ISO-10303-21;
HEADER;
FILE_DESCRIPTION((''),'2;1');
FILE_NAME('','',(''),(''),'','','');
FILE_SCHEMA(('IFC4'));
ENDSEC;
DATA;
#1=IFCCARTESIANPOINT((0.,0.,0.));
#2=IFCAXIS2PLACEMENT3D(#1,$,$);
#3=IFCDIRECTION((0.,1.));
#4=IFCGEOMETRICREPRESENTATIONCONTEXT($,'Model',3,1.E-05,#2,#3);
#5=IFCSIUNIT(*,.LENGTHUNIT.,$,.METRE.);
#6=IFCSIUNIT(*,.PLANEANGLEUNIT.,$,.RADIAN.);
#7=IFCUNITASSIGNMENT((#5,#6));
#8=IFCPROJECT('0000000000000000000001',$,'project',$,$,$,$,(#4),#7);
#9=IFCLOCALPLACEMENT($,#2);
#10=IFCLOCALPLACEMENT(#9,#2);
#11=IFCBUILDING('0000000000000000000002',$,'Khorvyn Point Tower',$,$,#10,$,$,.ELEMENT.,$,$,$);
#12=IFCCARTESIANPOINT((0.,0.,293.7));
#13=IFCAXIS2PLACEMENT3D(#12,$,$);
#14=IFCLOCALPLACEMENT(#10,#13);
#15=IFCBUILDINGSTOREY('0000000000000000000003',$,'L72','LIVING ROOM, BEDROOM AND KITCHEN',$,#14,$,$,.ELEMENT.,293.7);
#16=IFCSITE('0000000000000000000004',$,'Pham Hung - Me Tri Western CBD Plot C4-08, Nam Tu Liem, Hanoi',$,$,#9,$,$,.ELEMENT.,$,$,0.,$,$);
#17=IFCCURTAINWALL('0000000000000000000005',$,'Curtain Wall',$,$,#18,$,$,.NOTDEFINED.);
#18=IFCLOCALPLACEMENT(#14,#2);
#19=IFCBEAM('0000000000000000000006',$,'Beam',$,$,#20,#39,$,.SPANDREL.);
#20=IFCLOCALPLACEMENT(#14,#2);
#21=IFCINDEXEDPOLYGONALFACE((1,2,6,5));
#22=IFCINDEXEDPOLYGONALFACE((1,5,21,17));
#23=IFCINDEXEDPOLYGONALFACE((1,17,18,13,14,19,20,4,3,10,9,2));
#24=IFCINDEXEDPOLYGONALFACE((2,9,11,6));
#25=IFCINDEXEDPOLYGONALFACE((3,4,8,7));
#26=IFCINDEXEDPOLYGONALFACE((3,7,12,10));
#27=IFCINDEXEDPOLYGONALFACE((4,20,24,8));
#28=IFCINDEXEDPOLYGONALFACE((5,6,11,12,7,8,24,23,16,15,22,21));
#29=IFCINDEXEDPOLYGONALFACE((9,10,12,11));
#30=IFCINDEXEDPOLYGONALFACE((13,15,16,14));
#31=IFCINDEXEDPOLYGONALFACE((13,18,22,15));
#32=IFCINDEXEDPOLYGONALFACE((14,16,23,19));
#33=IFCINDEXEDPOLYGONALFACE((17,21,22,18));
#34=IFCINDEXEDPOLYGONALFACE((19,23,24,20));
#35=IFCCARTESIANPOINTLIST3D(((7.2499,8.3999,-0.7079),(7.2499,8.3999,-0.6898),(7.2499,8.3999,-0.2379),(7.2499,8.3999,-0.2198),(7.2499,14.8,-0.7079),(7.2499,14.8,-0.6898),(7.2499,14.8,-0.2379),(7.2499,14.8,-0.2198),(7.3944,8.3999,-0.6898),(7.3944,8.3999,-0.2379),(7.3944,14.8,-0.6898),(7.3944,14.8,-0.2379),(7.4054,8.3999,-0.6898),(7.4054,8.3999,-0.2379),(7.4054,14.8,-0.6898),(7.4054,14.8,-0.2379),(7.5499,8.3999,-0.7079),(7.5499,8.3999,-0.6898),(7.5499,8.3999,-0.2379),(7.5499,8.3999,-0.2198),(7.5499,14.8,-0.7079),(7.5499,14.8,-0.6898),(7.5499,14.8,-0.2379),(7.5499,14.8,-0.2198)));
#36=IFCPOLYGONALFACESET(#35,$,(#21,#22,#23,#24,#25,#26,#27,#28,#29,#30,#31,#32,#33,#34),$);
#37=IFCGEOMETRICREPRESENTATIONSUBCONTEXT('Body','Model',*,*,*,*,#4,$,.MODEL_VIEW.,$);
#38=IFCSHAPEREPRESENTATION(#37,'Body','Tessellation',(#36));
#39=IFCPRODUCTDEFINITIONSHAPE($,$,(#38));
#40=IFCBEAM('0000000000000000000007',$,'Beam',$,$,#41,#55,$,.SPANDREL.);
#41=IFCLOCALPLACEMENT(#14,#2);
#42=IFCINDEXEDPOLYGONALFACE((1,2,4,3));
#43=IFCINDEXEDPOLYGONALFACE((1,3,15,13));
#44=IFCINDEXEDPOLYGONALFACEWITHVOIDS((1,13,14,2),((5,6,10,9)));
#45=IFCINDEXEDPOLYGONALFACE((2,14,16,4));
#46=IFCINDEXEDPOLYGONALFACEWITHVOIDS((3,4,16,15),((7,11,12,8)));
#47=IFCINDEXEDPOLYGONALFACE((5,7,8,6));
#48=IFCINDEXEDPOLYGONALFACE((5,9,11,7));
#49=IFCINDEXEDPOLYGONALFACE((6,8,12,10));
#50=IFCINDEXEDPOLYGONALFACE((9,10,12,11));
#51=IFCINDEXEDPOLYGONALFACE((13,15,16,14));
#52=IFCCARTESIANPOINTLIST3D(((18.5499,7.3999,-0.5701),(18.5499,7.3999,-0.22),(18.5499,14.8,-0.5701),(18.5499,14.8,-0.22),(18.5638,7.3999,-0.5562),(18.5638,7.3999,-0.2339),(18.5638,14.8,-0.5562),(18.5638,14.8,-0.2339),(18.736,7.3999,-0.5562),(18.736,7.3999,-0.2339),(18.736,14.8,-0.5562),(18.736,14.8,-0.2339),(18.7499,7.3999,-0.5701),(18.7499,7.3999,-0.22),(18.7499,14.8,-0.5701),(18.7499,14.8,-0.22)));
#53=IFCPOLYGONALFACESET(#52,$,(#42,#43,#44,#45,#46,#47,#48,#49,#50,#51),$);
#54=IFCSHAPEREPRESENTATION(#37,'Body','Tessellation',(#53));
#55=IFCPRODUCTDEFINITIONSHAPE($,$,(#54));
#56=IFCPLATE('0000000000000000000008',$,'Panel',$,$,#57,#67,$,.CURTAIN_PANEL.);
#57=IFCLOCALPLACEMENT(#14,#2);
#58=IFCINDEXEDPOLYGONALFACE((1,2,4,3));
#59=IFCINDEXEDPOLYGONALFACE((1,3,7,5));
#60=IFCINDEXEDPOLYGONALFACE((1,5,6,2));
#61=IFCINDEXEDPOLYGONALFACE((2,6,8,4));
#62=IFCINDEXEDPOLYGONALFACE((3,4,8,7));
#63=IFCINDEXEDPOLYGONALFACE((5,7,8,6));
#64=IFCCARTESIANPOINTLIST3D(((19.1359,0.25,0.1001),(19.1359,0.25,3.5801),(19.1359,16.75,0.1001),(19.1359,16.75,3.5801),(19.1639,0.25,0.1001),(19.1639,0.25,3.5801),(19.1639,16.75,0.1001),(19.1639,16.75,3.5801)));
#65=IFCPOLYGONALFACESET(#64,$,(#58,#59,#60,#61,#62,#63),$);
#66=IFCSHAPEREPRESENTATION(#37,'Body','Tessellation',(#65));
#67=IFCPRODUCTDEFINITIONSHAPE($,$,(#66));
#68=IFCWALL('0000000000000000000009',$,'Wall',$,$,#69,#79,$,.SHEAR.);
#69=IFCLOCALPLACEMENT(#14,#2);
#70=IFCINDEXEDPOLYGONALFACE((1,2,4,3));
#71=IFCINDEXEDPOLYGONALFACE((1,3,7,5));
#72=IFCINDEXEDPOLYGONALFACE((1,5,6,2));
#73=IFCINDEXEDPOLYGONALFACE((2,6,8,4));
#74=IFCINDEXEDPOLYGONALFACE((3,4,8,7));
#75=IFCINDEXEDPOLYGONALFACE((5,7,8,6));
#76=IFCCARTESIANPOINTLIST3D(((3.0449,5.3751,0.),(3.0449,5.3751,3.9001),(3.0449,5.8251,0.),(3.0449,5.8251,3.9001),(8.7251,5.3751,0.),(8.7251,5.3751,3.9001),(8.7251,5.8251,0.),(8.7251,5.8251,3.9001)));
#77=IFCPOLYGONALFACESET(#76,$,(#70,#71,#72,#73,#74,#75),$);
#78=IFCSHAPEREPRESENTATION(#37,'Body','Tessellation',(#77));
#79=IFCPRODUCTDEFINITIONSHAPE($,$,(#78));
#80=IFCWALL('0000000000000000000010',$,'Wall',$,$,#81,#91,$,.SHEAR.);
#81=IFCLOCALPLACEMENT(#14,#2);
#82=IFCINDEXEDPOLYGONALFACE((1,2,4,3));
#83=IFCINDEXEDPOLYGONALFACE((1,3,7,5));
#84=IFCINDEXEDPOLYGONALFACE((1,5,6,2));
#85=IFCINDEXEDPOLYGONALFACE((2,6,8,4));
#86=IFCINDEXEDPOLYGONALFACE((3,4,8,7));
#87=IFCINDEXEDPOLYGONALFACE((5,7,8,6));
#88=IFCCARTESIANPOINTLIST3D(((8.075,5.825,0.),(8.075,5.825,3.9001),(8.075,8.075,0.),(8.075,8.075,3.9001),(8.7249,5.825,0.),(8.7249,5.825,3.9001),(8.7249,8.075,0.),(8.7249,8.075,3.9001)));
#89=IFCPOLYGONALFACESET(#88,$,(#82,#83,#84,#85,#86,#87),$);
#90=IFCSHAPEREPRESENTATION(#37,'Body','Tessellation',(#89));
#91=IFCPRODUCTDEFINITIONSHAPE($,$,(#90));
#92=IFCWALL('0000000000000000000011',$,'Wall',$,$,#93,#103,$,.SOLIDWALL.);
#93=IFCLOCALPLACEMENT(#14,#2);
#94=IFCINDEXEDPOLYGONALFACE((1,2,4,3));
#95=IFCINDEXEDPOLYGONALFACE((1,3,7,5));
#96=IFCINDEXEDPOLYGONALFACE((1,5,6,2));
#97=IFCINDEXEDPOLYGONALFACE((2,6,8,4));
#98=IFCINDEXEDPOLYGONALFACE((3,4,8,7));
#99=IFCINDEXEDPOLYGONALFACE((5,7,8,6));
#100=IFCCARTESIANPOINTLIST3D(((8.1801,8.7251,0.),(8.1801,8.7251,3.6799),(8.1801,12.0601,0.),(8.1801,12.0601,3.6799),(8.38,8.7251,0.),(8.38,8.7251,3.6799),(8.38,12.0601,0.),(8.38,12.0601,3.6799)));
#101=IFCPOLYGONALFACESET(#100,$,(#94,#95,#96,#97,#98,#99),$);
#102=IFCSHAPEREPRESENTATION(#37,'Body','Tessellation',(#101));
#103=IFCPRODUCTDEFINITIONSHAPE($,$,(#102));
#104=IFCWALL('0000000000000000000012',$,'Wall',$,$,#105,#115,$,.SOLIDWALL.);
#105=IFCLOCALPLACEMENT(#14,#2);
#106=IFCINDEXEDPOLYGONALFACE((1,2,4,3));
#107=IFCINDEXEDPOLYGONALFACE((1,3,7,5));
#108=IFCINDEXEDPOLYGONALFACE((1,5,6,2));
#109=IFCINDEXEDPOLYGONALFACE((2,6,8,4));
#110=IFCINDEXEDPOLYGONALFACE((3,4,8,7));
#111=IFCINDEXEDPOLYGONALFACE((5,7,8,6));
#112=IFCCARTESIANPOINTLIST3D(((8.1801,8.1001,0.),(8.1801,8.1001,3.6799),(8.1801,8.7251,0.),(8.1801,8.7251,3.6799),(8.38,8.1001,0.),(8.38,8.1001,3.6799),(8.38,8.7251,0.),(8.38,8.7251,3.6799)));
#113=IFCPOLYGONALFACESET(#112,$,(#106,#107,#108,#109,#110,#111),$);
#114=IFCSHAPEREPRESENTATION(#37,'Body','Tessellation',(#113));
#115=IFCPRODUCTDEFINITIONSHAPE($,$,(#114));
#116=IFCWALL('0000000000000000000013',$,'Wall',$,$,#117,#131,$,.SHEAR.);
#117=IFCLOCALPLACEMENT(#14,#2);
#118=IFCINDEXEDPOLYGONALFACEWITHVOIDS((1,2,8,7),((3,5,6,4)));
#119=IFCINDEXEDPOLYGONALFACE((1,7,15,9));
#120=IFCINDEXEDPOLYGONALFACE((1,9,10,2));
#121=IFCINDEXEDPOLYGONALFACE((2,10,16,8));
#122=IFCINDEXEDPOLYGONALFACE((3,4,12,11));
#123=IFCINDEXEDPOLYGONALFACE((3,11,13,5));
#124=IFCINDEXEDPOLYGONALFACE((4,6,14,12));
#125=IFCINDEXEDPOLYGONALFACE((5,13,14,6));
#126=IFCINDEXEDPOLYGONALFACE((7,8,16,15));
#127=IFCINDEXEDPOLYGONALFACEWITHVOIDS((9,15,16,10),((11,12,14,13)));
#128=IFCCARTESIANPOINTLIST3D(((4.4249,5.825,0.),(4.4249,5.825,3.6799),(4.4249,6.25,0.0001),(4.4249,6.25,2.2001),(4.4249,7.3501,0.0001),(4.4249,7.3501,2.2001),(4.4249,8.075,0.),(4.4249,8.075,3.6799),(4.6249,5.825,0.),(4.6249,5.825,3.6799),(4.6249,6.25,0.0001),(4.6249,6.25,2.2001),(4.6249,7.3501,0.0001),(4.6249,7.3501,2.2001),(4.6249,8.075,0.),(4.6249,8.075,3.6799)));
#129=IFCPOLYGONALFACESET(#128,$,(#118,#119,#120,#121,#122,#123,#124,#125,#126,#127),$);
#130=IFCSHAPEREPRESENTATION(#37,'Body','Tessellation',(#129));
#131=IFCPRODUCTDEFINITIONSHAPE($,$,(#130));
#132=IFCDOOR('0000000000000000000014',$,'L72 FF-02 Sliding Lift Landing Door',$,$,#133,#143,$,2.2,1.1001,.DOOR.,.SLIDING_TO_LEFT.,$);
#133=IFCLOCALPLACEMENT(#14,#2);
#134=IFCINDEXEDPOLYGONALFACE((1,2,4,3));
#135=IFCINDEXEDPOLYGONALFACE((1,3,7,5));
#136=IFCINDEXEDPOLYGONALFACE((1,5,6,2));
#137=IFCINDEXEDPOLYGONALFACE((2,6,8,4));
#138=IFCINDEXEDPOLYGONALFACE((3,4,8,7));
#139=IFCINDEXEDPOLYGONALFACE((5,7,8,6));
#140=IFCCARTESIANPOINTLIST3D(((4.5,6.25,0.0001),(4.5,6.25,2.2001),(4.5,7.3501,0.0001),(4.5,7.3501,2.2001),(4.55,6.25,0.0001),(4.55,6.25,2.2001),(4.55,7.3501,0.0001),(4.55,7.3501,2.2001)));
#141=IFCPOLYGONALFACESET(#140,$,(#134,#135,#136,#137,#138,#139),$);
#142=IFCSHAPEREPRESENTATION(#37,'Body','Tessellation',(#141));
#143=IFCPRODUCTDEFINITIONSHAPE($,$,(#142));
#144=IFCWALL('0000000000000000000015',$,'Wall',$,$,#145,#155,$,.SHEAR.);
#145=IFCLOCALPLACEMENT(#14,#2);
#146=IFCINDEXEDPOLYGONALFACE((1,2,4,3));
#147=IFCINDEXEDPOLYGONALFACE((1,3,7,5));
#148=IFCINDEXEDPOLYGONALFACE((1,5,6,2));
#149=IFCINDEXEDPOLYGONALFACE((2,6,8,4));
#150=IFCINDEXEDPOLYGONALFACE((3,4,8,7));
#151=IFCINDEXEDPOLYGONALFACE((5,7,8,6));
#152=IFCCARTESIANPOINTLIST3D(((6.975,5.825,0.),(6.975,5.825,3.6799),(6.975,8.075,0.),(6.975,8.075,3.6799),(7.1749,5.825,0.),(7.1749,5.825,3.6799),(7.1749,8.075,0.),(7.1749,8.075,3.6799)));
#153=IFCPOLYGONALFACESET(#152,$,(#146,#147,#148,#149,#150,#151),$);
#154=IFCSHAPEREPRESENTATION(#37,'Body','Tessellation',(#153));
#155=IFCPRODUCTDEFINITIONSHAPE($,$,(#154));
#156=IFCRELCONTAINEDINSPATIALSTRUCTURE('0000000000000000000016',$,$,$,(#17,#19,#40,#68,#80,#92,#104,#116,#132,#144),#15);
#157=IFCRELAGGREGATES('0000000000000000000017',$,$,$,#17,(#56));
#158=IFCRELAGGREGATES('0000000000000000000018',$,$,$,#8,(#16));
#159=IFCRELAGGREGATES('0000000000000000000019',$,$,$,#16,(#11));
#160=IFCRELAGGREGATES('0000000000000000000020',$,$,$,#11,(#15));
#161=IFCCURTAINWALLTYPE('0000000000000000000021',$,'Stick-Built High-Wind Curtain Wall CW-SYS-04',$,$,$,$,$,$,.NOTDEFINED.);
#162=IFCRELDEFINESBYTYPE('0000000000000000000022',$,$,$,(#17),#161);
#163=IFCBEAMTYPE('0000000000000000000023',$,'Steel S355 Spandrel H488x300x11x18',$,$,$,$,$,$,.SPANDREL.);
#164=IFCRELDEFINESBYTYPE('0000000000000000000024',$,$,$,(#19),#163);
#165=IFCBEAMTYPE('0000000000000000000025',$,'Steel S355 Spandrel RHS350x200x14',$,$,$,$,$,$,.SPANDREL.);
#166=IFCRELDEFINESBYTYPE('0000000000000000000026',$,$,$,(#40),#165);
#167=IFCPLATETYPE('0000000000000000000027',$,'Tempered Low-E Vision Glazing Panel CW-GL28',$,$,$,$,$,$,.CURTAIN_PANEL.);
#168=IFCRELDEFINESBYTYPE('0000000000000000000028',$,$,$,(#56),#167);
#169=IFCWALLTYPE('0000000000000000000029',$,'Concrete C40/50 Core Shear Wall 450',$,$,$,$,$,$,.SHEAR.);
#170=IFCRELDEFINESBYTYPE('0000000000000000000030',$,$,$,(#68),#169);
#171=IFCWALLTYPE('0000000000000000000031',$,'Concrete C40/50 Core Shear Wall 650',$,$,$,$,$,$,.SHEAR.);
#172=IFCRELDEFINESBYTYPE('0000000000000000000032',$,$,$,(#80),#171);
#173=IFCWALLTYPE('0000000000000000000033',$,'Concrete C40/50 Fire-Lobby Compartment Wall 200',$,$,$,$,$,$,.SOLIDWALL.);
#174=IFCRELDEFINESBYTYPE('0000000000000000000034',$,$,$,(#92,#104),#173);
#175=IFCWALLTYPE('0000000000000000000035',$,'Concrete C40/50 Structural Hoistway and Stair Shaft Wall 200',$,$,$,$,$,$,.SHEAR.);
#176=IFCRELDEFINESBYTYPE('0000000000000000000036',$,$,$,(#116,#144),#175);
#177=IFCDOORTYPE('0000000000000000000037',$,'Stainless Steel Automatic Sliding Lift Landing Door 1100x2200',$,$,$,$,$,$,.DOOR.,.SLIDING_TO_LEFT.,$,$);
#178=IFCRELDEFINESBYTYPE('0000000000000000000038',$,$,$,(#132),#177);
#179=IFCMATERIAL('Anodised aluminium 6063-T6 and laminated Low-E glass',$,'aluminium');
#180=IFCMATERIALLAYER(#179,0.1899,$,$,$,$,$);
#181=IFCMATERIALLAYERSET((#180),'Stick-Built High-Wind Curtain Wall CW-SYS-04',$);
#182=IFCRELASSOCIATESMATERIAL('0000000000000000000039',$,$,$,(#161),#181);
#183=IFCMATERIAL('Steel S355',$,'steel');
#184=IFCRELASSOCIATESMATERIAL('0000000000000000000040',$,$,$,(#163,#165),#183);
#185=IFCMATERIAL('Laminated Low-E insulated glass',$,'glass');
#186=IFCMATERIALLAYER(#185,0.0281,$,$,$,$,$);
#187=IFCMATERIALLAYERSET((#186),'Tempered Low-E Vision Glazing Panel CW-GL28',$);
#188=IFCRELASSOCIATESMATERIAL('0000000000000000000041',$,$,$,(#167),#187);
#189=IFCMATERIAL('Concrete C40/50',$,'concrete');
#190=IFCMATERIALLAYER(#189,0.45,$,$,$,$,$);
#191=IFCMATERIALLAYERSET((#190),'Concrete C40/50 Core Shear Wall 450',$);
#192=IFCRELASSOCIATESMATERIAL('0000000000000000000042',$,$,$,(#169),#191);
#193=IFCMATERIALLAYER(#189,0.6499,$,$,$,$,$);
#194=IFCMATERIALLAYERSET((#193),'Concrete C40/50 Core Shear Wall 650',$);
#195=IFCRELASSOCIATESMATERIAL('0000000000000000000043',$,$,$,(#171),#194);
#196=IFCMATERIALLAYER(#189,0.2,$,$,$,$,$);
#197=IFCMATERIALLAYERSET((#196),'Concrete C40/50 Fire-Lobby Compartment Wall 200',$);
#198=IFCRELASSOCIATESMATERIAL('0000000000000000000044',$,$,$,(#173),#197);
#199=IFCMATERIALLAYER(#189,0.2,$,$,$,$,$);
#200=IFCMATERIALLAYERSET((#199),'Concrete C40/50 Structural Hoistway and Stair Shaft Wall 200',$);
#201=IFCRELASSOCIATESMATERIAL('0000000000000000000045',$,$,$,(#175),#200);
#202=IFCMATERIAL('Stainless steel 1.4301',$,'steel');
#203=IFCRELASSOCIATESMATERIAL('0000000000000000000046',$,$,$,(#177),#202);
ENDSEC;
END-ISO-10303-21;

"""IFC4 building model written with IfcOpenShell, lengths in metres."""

from ifc_helpers import new_model, si_unit, direction, frame, frame_2d, origin, origin_2d, place, context, subcontext, project, spatial, rectangle, hollow_rectangle, i_section, extrude, material, layer, layer_set, material_profile, profile_set, type_object, element, fill, aggregate, save


model = new_model("IFC4")

# Units and contexts
model_context = context("Model", 3, precision=1e-05, world=origin(), true_north=direction((0.0, 1.0)))
body_context = subcontext(model_context, "Body", "Model", "MODEL_VIEW")
ifc_project = project(units=[si_unit("LENGTHUNIT", "METRE"), si_unit("PLANEANGLEUNIT", "RADIAN")], contexts=[model_context])

# Site, building, storey
site_placement = place(None, origin())
site = spatial("IfcSite", under=ifc_project, at=site_placement, Name="Pham Hung - Me Tri Western CBD Plot C4-08, Nam Tu Liem, Hanoi", CompositionType="ELEMENT", RefElevation=0.0)
building_placement = place(site_placement, origin())
building = spatial("IfcBuilding", under=site, at=building_placement, Name="Khorvyn Point Tower", CompositionType="ELEMENT")
storey_placement = place(building_placement, frame((0.0, 0.0, 293.7)))
storey = spatial("IfcBuildingStorey", under=building, at=storey_placement, Name="L72", Description="LIVING ROOM, BEDROOM AND KITCHEN", CompositionType="ELEMENT", Elevation=293.7)

# Shared definitions
ifc_material_1 = material(Name="Concrete C40/50", Category="concrete")
ifc_material_2 = material(Name="Steel S355", Category="steel")

# Curtain wall
ifc_material_3 = material(Name="Anodised aluminium 6063-T6 and laminated Low-E glass", Category="aluminium")
ifc_layer_1 = layer(ifc_material_3, 0.1899)
ifc_layer_set_1 = layer_set([ifc_layer_1], Name="Stick-Built High-Wind Curtain Wall CW-SYS-04")
curtain_wall_type = type_object("IfcCurtainWallType", Name="Stick-Built High-Wind Curtain Wall CW-SYS-04", PredefinedType="NOTDEFINED", material=ifc_layer_set_1)
curtain_wall_placement = place(storey_placement, origin())
curtain_wall = element("IfcCurtainWall", 1, at=curtain_wall_placement, inside=storey, type_object=curtain_wall_type, Name="Curtain Wall", PredefinedType="NOTDEFINED")

# Beams
ifc_material_profile_1 = material_profile(ifc_material_2, i_section(OverallWidth=0.3, OverallDepth=0.488, WebThickness=0.011, FlangeThickness=0.0181, at=origin_2d()))
ifc_profile_set_1 = profile_set([ifc_material_profile_1], Name="Steel S355 H488x300x11x18")
beam_type_1 = type_object("IfcBeamType", Name="Steel S355 Spandrel H488x300x11x18", PredefinedType="SPANDREL", material=ifc_profile_set_1)
beam_1_placement = place(storey_placement, frame((7.3999, 8.3999, -0.4639), z_axis=(0.0, 1.0, 0.0), x_axis=(-1.0, 0.0, 0.0)))
element("IfcBeam", 2, at=beam_1_placement, inside=storey, type_object=beam_type_1, Name="Beam", PredefinedType="SPANDREL", context=body_context, shape_type="SweptSolid", body=[
    extrude(i_section(OverallWidth=0.3, OverallDepth=0.488, WebThickness=0.011, FlangeThickness=0.0181, at=origin_2d()), origin(), (0.0, 0.0, 1.0), 6.4001),
])
ifc_material_profile_2 = material_profile(ifc_material_2, hollow_rectangle(XDim=0.2, YDim=0.3501, WallThickness=0.0139, at=origin_2d()))
ifc_profile_set_2 = profile_set([ifc_material_profile_2], Name="Steel S355 RHS350x200x14")
beam_type_2 = type_object("IfcBeamType", Name="Steel S355 Spandrel RHS350x200x14", PredefinedType="SPANDREL", material=ifc_profile_set_2)
beam_2_placement = place(storey_placement, frame((18.6499, 7.3999, -0.395), z_axis=(0.0, 1.0, 0.0), x_axis=(-1.0, 0.0, 0.0)))
element("IfcBeam", 3, at=beam_2_placement, inside=storey, type_object=beam_type_2, Name="Beam", PredefinedType="SPANDREL", context=body_context, shape_type="SweptSolid", body=[
    extrude(hollow_rectangle(XDim=0.2, YDim=0.3501, WallThickness=0.0139, at=origin_2d()), origin(), (0.0, 0.0, 1.0), 7.4001),
])

# Plate
ifc_material_4 = material(Name="Laminated Low-E insulated glass", Category="glass")
ifc_layer_2 = layer(ifc_material_4, 0.0281)
ifc_layer_set_2 = layer_set([ifc_layer_2], Name="Tempered Low-E Vision Glazing Panel CW-GL28")
plate_type = type_object("IfcPlateType", Name="Tempered Low-E Vision Glazing Panel CW-GL28", PredefinedType="CURTAIN_PANEL", material=ifc_layer_set_2)
plate_placement = place(storey_placement, frame((19.1499, 8.5, 0.1001), z_axis=(0.0, 0.0, 1.0), x_axis=(0.0, -1.0, 0.0)))
plate = element("IfcPlate", 4, at=plate_placement, type_object=plate_type, Name="Panel", PredefinedType="CURTAIN_PANEL", context=body_context, shape_type="SweptSolid", body=[
    extrude(rectangle(XDim=16.5, YDim=0.0281, at=origin_2d()), origin(), (0.0, 0.0, 1.0), 3.48),
])
aggregate(curtain_wall, [plate])

# Walls
ifc_layer_3 = layer(ifc_material_1, 0.45)
ifc_layer_set_3 = layer_set([ifc_layer_3], Name="Concrete C40/50 Core Shear Wall 450")
wall_type_1 = type_object("IfcWallType", Name="Concrete C40/50 Core Shear Wall 450", PredefinedType="SHEAR", material=ifc_layer_set_3)
wall_1_placement = place(storey_placement, frame((3.0449, 5.6001, 0.0), z_axis=(0.0, 0.0, 1.0), x_axis=(1.0, 0.0, 0.0)))
element("IfcWall", 5, at=wall_1_placement, inside=storey, type_object=wall_type_1, Name="Wall", PredefinedType="SHEAR", context=body_context, shape_type="SweptSolid", body=[
    extrude(rectangle(XDim=5.6802, YDim=0.45, at=frame_2d((2.8401, 0.0))), origin(), (0.0, 0.0, 1.0), 3.9001),
])
ifc_layer_4 = layer(ifc_material_1, 0.6499)
ifc_layer_set_4 = layer_set([ifc_layer_4], Name="Concrete C40/50 Core Shear Wall 650")
wall_type_2 = type_object("IfcWallType", Name="Concrete C40/50 Core Shear Wall 650", PredefinedType="SHEAR", material=ifc_layer_set_4)
wall_2_placement = place(storey_placement, frame((8.3999, 5.825, 0.0), z_axis=(0.0, 0.0, 1.0), x_axis=(0.0, 1.0, 0.0)))
element("IfcWall", 6, at=wall_2_placement, inside=storey, type_object=wall_type_2, Name="Wall", PredefinedType="SHEAR", context=body_context, shape_type="SweptSolid", body=[
    extrude(rectangle(XDim=2.25, YDim=0.6499, at=frame_2d((1.125, 0.0))), origin(), (0.0, 0.0, 1.0), 3.9001),
])

# Shared definitions
ifc_layer_5 = layer(ifc_material_1, 0.2)
ifc_layer_set_5 = layer_set([ifc_layer_5], Name="Concrete C40/50 Fire-Lobby Compartment Wall 200")
wall_type_3 = type_object("IfcWallType", Name="Concrete C40/50 Fire-Lobby Compartment Wall 200", PredefinedType="SOLIDWALL", material=ifc_layer_set_5)

# Walls
wall_3_placement = place(storey_placement, frame((8.28, 8.7251, 0.0), z_axis=(0.0, 0.0, 1.0), x_axis=(0.0, 1.0, 0.0)))
element("IfcWall", 7, at=wall_3_placement, inside=storey, type_object=wall_type_3, Name="Wall", PredefinedType="SOLIDWALL", context=body_context, shape_type="SweptSolid", body=[
    extrude(rectangle(XDim=3.335, YDim=0.2, at=frame_2d((1.6675, 0.0))), origin(), (0.0, 0.0, 1.0), 3.6799),
])
wall_4_placement = place(storey_placement, frame((8.28, 8.1001, 0.0), z_axis=(0.0, 0.0, 1.0), x_axis=(0.0, 1.0, 0.0)))
element("IfcWall", 8, at=wall_4_placement, inside=storey, type_object=wall_type_3, Name="Wall", PredefinedType="SOLIDWALL", context=body_context, shape_type="SweptSolid", body=[
    extrude(rectangle(XDim=0.625, YDim=0.2, at=frame_2d((0.3125, 0.0))), origin(), (0.0, 0.0, 1.0), 3.6799),
])

# Wall, opening, door
ifc_layer_6 = layer(ifc_material_1, 0.2)
ifc_layer_set_6 = layer_set([ifc_layer_6], Name="Concrete C40/50 Structural Hoistway and Stair Shaft Wall 200")
wall_type_4 = type_object("IfcWallType", Name="Concrete C40/50 Structural Hoistway and Stair Shaft Wall 200", PredefinedType="SHEAR", material=ifc_layer_set_6)
wall_5_placement = place(storey_placement, frame((4.5249, 5.825, 0.0), z_axis=(0.0, 0.0, 1.0), x_axis=(0.0, 1.0, 0.0)))
wall_5 = element("IfcWall", 9, at=wall_5_placement, inside=storey, type_object=wall_type_4, Name="Wall", PredefinedType="SHEAR", context=body_context, shape_type="SweptSolid", body=[
    extrude(rectangle(XDim=2.25, YDim=0.2, at=frame_2d((1.125, 0.0))), origin(), (0.0, 0.0, 1.0), 3.6799),
])
opening_1_placement = place(wall_5_placement, frame((0.425, 0.0, 0.0)))
opening_1 = element("IfcOpeningElement", 10, at=opening_1_placement, cuts=wall_5, PredefinedType="OPENING", context=body_context, shape_type="SweptSolid", body=[
    extrude(rectangle(XDim=1.1001, YDim=2.2, at=frame_2d((0.55, 1.1001))), frame((0.0, 0.1099, 0.0), z_axis=(0.0, -1.0, 0.0), x_axis=(1.0, 0.0, 0.0)), (0.0, 0.0, 1.0), 0.22),
])
ifc_material_5 = material(Name="Stainless steel 1.4301", Category="steel")
door_type_1 = type_object("IfcDoorType", Name="Stainless Steel Automatic Sliding Lift Landing Door 1100x2200", OperationType="SLIDING_TO_LEFT", PredefinedType="DOOR", material=ifc_material_5)
door_1_placement = place(opening_1_placement, origin())
door_1 = element("IfcDoor", 11, at=door_1_placement, inside=storey, type_object=door_type_1, Name="L72 FF-02 Sliding Lift Landing Door", OperationType="SLIDING_TO_LEFT", OverallHeight=2.2, OverallWidth=1.1001, PredefinedType="DOOR", context=body_context, shape_type="SweptSolid", body=[
    extrude(rectangle(XDim=1.1001, YDim=2.2, at=frame_2d((0.55, 1.1001))), frame((0.0, 0.0249, 0.0), z_axis=(0.0, -1.0, 0.0), x_axis=(1.0, 0.0, 0.0)), (0.0, 0.0, 1.0), 0.05),
])
fill(opening_1, door_1)

# Wall
wall_6_placement = place(storey_placement, frame((7.075, 5.825, 0.0), z_axis=(0.0, 0.0, 1.0), x_axis=(0.0, 1.0, 0.0)))
element("IfcWall", 12, at=wall_6_placement, inside=storey, type_object=wall_type_4, Name="Wall", PredefinedType="SHEAR", context=body_context, shape_type="SweptSolid", body=[
    extrude(rectangle(XDim=2.25, YDim=0.2, at=frame_2d((1.125, 0.0))), origin(), (0.0, 0.0, 1.0), 3.6799),
])

save(model, "model.ifc")
